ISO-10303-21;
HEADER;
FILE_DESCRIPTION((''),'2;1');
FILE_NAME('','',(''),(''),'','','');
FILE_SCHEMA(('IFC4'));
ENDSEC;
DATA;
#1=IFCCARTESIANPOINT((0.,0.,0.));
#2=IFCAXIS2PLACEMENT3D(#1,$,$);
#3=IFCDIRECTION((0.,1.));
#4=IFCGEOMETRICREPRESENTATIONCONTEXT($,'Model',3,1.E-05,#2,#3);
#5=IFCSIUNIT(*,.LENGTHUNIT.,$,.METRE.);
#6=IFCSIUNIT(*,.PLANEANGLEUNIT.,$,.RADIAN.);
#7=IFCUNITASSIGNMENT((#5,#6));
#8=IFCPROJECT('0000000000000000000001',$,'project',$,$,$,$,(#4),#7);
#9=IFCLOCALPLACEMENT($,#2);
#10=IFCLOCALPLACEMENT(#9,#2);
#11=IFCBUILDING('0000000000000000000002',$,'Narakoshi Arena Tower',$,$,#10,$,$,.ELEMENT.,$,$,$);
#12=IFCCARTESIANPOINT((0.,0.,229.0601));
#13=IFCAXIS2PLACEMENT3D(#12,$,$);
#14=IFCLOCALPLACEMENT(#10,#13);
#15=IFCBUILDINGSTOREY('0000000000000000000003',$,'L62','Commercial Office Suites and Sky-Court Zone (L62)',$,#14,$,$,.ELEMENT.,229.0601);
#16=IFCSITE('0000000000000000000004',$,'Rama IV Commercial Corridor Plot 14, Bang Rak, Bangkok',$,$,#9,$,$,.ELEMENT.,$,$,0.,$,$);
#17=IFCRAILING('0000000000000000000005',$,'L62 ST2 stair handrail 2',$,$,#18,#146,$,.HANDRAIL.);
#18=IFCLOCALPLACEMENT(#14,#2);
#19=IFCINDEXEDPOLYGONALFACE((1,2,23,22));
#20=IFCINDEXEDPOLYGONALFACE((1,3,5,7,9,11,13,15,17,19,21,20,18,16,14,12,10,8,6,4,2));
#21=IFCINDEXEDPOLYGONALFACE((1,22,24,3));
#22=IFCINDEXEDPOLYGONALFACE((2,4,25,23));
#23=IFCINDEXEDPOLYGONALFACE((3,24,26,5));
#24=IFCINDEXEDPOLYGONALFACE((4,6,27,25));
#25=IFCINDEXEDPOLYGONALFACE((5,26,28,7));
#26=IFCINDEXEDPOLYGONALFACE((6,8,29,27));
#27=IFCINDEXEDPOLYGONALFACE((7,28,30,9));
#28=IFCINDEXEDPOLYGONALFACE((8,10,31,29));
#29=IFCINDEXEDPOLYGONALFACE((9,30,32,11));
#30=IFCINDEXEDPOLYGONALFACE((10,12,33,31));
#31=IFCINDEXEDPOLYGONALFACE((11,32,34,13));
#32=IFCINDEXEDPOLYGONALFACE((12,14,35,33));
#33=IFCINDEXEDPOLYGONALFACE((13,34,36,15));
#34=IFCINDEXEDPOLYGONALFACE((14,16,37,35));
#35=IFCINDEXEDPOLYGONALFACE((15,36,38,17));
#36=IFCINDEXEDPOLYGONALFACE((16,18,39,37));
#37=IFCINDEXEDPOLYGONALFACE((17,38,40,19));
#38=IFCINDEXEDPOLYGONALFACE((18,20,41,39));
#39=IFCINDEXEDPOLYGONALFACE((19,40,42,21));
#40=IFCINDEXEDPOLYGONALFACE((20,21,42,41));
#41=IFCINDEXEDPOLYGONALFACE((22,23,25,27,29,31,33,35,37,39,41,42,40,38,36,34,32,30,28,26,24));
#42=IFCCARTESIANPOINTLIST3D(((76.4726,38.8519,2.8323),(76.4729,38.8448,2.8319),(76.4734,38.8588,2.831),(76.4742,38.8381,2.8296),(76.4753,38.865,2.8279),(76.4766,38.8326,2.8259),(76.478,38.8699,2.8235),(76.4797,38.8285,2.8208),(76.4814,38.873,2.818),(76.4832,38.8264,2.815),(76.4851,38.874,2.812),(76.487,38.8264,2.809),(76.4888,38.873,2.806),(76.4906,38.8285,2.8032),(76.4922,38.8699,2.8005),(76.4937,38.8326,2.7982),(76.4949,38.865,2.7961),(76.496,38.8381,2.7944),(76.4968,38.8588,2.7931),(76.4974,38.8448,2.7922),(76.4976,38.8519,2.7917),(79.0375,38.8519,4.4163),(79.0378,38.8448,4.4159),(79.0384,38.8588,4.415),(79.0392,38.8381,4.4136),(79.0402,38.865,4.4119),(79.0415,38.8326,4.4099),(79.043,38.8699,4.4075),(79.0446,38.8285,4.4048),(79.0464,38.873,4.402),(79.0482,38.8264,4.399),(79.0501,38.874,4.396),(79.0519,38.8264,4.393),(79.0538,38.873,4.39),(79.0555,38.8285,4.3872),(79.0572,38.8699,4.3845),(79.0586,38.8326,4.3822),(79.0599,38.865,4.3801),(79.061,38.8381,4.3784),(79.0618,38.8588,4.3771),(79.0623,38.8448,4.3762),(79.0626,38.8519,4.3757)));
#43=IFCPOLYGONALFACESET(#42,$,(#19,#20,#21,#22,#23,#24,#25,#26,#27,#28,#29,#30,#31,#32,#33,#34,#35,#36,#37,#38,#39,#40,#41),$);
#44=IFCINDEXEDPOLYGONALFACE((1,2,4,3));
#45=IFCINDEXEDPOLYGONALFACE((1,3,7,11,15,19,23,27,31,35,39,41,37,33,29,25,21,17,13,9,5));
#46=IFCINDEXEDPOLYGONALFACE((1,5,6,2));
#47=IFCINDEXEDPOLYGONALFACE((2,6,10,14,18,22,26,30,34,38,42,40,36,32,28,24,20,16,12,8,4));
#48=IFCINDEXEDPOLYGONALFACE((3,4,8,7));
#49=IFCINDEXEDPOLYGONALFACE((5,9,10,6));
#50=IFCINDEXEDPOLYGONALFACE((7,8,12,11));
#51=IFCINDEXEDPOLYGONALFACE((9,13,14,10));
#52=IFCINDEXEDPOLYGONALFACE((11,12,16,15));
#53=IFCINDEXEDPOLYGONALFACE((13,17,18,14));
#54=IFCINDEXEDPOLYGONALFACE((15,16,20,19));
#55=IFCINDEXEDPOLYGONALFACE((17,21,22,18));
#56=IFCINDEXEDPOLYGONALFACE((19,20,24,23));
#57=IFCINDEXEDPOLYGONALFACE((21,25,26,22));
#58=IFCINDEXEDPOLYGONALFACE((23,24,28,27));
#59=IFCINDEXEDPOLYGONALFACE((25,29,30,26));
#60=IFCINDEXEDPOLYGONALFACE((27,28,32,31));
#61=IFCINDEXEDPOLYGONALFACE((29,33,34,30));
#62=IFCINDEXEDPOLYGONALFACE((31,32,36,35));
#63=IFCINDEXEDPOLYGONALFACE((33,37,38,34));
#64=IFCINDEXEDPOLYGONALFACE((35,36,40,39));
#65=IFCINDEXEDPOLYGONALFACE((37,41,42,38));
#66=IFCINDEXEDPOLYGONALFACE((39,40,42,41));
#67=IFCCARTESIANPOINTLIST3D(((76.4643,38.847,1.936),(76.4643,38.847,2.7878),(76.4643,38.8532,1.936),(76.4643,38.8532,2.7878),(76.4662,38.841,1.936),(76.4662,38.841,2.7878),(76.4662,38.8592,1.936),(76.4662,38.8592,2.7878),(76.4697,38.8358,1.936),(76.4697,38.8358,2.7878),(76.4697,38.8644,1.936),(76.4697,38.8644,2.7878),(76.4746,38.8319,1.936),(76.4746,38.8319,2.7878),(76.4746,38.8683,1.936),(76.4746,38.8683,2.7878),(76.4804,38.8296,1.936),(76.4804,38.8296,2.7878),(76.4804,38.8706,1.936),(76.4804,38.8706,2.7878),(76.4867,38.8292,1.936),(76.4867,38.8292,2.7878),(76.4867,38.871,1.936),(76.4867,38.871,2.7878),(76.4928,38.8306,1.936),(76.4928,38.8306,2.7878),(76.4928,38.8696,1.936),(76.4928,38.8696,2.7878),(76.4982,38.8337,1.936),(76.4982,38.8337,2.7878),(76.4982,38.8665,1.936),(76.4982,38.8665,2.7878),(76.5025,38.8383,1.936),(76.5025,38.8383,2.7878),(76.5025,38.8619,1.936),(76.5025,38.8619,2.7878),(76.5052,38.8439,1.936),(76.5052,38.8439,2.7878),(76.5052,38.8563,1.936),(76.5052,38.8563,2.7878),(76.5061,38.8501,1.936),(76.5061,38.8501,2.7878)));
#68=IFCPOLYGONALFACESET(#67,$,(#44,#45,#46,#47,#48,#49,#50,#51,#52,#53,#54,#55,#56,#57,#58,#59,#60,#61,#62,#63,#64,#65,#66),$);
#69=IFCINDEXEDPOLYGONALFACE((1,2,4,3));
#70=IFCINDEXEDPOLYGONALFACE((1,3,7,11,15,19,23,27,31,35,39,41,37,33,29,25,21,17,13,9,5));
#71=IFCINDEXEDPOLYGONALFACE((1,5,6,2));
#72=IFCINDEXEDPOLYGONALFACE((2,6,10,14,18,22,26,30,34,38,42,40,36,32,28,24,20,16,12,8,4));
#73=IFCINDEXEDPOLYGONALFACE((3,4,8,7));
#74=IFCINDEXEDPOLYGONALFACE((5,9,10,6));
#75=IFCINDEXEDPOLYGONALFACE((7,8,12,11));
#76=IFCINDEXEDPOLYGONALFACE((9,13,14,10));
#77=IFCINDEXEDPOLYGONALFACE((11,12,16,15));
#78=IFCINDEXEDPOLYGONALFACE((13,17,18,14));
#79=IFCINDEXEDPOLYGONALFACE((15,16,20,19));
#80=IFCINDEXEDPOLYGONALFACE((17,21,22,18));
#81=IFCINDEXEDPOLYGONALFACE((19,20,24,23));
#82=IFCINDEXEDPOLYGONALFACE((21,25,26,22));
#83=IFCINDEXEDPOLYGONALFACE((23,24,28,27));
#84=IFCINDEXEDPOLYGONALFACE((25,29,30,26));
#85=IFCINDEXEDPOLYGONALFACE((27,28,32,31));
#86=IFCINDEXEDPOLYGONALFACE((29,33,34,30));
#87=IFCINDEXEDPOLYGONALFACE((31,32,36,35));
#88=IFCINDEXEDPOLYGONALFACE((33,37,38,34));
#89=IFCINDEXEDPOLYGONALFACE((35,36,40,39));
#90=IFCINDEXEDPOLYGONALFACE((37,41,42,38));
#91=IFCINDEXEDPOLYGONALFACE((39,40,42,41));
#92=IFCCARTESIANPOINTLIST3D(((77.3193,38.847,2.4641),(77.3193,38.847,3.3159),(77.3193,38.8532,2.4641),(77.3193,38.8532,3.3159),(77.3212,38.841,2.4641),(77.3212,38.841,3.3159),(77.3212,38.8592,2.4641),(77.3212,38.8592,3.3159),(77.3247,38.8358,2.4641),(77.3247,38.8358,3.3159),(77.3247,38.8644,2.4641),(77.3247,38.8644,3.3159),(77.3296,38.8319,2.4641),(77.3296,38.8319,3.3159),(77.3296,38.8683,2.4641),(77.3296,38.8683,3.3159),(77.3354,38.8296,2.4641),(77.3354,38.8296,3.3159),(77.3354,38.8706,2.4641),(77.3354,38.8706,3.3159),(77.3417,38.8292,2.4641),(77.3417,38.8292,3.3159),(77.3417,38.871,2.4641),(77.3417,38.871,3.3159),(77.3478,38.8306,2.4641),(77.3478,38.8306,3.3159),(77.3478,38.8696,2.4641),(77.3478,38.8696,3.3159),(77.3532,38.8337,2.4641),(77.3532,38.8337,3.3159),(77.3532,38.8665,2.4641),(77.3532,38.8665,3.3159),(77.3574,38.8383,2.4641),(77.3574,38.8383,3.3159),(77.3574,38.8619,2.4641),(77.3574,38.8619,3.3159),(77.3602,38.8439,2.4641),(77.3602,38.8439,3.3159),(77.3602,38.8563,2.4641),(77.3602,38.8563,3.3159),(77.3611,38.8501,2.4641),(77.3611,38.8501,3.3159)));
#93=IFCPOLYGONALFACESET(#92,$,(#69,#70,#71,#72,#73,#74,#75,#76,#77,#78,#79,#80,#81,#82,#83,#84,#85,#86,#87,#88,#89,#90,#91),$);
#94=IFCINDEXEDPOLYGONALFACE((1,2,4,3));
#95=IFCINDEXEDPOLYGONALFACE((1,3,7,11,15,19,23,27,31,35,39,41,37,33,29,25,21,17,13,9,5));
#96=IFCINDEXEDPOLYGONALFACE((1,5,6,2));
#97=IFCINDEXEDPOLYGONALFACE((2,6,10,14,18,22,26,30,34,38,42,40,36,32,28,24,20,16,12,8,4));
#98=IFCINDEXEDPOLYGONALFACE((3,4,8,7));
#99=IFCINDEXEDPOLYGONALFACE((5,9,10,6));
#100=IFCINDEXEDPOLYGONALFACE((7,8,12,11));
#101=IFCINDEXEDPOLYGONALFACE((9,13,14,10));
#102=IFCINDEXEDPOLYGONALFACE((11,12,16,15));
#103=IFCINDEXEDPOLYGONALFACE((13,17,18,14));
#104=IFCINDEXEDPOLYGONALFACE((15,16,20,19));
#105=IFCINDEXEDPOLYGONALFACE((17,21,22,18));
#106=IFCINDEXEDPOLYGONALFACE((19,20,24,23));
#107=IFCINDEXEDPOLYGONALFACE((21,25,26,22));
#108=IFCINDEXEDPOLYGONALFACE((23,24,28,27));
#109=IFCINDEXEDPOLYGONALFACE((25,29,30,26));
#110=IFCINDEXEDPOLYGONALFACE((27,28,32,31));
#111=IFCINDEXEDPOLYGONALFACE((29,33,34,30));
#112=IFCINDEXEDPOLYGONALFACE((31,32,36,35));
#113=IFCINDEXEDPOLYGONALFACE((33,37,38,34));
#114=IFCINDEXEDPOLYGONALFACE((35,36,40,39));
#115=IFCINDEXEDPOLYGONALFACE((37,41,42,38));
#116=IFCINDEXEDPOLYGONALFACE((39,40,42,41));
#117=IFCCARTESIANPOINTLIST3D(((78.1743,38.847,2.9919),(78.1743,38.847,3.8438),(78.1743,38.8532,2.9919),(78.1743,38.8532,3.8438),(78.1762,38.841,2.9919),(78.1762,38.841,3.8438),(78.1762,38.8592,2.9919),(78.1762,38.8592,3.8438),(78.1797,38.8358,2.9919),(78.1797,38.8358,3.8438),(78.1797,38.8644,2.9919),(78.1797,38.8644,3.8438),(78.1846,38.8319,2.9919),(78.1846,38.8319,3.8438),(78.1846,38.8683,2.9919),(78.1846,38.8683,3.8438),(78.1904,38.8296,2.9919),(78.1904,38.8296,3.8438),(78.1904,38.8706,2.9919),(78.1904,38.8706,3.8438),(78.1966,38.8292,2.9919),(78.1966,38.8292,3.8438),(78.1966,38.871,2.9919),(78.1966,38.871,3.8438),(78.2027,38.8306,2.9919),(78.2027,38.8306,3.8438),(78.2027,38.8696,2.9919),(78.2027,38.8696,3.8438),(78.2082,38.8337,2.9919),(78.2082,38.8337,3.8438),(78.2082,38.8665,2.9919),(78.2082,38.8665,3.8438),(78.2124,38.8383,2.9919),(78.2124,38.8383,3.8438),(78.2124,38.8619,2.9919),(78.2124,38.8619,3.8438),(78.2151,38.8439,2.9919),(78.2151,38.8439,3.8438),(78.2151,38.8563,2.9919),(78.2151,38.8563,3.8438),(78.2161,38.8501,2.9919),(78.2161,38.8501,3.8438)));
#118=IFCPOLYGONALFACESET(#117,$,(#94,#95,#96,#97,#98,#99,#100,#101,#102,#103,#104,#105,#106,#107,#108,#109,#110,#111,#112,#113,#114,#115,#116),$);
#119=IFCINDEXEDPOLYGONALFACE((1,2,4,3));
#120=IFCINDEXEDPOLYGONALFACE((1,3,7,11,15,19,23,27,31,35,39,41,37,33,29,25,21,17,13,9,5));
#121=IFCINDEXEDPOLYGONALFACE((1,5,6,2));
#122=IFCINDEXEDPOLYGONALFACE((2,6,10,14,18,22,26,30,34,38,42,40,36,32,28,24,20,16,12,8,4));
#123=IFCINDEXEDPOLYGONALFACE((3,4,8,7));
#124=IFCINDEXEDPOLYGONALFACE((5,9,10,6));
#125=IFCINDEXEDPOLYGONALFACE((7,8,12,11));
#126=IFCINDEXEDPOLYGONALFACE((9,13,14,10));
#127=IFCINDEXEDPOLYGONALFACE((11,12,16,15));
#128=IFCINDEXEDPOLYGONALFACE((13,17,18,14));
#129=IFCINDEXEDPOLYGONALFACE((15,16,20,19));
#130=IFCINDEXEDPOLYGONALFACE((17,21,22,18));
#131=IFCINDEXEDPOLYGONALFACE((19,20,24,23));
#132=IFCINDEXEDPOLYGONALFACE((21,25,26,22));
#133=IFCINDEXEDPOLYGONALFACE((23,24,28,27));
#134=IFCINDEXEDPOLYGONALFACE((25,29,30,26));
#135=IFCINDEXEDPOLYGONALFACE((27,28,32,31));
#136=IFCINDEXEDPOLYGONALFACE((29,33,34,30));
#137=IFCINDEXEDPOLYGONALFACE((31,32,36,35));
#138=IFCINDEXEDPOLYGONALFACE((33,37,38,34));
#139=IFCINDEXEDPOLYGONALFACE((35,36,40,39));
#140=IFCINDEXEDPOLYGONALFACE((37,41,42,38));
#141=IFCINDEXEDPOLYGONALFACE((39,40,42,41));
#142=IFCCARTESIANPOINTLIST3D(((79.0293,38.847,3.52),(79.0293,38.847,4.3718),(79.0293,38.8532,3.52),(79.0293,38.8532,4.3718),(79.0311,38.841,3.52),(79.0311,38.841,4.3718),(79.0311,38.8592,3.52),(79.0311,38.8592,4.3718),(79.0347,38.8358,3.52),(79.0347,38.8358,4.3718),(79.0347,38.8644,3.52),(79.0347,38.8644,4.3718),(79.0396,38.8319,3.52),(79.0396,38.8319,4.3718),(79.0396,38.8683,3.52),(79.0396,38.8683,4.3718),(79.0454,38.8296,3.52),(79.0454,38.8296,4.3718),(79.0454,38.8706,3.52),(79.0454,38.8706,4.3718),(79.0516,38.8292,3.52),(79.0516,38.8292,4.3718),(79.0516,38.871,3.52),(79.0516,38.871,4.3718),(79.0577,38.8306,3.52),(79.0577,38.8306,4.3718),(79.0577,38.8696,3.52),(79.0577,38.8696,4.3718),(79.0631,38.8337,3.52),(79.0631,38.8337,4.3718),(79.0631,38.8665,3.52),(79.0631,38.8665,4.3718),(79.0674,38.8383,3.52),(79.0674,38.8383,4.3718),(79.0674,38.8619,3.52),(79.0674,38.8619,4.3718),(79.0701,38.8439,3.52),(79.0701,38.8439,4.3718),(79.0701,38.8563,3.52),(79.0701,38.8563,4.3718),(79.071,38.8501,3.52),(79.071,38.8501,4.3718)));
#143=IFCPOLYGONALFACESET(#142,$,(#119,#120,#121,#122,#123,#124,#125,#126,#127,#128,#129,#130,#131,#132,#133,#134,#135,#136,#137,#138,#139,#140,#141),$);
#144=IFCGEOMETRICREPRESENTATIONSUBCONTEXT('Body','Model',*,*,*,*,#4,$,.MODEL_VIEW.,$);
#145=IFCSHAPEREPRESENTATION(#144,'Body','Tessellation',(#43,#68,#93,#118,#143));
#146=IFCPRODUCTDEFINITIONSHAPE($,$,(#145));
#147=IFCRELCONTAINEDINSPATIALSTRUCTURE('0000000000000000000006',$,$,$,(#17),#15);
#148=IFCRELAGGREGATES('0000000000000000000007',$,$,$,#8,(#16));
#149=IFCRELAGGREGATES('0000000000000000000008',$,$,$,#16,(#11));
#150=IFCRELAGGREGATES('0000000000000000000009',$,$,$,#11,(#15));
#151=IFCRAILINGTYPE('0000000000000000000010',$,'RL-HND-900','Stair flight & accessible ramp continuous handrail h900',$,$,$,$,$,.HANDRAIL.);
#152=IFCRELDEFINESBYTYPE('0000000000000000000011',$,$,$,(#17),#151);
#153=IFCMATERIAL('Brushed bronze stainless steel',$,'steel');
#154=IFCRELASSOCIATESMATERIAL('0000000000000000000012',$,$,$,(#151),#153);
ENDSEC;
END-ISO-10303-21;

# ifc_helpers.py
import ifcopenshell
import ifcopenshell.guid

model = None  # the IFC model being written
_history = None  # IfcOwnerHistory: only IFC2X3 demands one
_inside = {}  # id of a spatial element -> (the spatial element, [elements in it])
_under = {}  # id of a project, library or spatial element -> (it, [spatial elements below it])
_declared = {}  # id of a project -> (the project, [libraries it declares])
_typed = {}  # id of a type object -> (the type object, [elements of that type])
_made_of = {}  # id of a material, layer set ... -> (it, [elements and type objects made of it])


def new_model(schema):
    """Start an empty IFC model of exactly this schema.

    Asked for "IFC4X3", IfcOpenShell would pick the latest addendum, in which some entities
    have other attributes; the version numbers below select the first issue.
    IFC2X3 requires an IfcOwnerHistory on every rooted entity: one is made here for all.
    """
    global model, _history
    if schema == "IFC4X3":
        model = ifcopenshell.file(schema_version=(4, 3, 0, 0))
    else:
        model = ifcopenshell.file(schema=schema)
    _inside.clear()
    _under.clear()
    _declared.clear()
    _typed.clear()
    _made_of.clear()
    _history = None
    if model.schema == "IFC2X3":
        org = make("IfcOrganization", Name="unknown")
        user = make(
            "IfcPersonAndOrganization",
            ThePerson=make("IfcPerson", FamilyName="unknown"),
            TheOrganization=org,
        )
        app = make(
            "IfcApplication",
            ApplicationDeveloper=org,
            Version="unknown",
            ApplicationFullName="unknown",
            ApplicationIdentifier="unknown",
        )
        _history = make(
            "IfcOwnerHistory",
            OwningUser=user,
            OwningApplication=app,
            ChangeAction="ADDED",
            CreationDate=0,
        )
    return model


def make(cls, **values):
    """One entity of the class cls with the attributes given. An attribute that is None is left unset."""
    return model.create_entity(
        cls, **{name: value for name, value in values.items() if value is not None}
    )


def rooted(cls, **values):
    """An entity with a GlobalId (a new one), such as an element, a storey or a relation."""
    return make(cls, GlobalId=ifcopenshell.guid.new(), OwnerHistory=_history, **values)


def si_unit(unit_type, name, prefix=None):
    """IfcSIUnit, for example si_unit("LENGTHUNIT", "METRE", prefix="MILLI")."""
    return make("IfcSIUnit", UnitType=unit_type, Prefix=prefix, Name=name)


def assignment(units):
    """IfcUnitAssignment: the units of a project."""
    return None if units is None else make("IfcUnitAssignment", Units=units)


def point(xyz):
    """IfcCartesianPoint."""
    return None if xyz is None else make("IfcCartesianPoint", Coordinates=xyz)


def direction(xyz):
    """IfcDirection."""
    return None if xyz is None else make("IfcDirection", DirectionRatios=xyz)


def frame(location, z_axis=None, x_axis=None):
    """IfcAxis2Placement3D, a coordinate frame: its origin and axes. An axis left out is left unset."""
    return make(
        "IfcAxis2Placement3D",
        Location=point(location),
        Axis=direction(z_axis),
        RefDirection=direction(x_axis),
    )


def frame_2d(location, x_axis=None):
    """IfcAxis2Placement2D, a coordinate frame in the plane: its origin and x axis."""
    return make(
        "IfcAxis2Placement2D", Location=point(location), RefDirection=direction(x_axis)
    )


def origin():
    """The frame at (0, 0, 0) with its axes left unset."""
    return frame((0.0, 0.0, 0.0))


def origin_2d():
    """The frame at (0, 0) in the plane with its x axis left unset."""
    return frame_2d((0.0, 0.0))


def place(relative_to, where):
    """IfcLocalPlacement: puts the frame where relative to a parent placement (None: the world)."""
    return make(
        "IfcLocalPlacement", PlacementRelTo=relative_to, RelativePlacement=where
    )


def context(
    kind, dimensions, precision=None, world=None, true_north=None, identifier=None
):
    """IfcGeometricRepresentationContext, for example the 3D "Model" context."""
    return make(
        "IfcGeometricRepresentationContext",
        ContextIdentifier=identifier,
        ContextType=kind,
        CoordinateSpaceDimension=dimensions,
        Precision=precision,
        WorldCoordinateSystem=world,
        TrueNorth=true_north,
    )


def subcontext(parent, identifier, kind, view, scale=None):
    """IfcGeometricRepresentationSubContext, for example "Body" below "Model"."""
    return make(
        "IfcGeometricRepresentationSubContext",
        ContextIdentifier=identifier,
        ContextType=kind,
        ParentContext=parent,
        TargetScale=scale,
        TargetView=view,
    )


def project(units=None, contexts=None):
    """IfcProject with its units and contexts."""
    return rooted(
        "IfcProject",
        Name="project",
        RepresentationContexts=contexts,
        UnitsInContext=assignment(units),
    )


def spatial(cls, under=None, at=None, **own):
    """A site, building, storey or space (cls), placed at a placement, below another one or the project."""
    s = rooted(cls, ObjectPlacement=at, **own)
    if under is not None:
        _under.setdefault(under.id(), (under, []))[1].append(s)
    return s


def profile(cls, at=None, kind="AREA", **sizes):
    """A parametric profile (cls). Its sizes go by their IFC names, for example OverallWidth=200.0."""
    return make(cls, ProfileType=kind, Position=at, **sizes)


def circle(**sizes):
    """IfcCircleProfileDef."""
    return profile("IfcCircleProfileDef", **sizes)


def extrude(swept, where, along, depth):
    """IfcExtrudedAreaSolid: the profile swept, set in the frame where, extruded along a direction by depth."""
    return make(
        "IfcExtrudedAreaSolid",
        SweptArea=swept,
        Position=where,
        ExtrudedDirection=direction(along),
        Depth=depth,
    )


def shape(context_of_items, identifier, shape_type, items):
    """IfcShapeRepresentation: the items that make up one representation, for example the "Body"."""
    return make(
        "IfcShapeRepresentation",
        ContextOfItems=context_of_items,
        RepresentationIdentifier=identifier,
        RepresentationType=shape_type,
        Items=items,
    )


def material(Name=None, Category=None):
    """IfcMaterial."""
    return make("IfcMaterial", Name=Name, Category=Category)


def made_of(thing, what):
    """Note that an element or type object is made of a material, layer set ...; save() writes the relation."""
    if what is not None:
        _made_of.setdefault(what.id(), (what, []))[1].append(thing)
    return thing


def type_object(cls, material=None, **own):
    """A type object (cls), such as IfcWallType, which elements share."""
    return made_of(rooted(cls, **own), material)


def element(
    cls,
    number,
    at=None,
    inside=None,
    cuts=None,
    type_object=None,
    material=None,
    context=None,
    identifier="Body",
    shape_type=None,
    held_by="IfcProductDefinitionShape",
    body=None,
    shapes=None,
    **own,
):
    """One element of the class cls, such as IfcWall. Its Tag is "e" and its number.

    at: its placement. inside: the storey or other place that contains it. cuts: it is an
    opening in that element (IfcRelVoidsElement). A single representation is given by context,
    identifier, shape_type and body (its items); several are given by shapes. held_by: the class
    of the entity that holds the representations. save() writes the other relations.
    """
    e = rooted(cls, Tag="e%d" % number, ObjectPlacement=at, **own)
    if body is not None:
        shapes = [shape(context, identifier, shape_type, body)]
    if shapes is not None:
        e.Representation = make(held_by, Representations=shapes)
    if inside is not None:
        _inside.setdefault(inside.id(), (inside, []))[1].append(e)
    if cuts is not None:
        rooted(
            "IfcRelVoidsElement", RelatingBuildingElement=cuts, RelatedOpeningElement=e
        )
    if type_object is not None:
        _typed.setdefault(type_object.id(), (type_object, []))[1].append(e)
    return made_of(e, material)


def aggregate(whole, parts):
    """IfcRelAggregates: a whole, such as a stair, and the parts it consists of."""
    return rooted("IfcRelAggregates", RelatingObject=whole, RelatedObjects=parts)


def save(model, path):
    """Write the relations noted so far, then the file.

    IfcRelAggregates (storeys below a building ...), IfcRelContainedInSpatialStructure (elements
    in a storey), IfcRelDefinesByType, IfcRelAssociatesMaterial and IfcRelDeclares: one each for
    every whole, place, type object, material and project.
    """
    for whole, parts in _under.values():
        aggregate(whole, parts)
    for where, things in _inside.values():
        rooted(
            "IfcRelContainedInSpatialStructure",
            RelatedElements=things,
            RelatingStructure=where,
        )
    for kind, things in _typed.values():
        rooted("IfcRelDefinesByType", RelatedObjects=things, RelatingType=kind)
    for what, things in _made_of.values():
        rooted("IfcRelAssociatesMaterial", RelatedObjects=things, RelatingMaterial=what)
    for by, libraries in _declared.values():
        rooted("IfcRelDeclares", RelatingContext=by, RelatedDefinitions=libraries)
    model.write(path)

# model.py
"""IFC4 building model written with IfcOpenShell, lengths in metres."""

from ifc_helpers import new_model, si_unit, direction, frame, origin, origin_2d, place, context, subcontext, project, spatial, circle, extrude, material, type_object, element, save


model = new_model("IFC4")

# Units and contexts
model_context = context("Model", 3, precision=1e-05, world=origin(), true_north=direction((0.0, 1.0)))
body_context = subcontext(model_context, "Body", "Model", "MODEL_VIEW")
ifc_project = project(units=[si_unit("LENGTHUNIT", "METRE"), si_unit("PLANEANGLEUNIT", "RADIAN")], contexts=[model_context])

# Site, building, storey
site_placement = place(None, origin())
site = spatial("IfcSite", under=ifc_project, at=site_placement, Name="Rama IV Commercial Corridor Plot 14, Bang Rak, Bangkok", CompositionType="ELEMENT", RefElevation=0.0)
building_placement = place(site_placement, origin())
building = spatial("IfcBuilding", under=site, at=building_placement, Name="Narakoshi Arena Tower", CompositionType="ELEMENT")
storey_placement = place(building_placement, frame((0.0, 0.0, 229.0601)))
storey = spatial("IfcBuildingStorey", under=building, at=storey_placement, Name="L62", Description="Commercial Office Suites and Sky-Court Zone (L62)", CompositionType="ELEMENT", Elevation=229.0601)

# Railing
ifc_material_1 = material(Name="Brushed bronze stainless steel", Category="steel")
railing_type_1 = type_object("IfcRailingType", Name="RL-HND-900", Description="Stair flight & accessible ramp continuous handrail h900", PredefinedType="HANDRAIL", material=ifc_material_1)
railing_1_placement = place(storey_placement, frame((76.4851, 38.8501, 1.936)))
element("IfcRailing", 1, at=railing_1_placement, inside=storey, type_object=railing_type_1, Name="L62 ST2 stair handrail 2", PredefinedType="HANDRAIL", context=body_context, shape_type="SweptSolid", body=[
    extrude(circle(Radius=0.0239, at=origin_2d()), frame((0.0, 0.0, 0.876), z_axis=(0.850834, 0.0, 0.525434), x_axis=(0.0, 1.0, 0.0)), (0.0, 0.0, 1.0), 3.0146),
    extrude(circle(Radius=0.021, at=origin_2d()), origin(), (0.0, 0.0, 1.0), 0.8518),
    extrude(circle(Radius=0.021, at=origin_2d()), frame((0.855, 0.0, 0.5281)), (0.0, 0.0, 1.0), 0.8518),
    extrude(circle(Radius=0.021, at=origin_2d()), frame((1.71, 0.0, 1.0559)), (0.0, 0.0, 1.0), 0.8518),
    extrude(circle(Radius=0.021, at=origin_2d()), frame((2.5649, 0.0, 1.584)), (0.0, 0.0, 1.0), 0.8518),
])

save(model, "model.ifc")
